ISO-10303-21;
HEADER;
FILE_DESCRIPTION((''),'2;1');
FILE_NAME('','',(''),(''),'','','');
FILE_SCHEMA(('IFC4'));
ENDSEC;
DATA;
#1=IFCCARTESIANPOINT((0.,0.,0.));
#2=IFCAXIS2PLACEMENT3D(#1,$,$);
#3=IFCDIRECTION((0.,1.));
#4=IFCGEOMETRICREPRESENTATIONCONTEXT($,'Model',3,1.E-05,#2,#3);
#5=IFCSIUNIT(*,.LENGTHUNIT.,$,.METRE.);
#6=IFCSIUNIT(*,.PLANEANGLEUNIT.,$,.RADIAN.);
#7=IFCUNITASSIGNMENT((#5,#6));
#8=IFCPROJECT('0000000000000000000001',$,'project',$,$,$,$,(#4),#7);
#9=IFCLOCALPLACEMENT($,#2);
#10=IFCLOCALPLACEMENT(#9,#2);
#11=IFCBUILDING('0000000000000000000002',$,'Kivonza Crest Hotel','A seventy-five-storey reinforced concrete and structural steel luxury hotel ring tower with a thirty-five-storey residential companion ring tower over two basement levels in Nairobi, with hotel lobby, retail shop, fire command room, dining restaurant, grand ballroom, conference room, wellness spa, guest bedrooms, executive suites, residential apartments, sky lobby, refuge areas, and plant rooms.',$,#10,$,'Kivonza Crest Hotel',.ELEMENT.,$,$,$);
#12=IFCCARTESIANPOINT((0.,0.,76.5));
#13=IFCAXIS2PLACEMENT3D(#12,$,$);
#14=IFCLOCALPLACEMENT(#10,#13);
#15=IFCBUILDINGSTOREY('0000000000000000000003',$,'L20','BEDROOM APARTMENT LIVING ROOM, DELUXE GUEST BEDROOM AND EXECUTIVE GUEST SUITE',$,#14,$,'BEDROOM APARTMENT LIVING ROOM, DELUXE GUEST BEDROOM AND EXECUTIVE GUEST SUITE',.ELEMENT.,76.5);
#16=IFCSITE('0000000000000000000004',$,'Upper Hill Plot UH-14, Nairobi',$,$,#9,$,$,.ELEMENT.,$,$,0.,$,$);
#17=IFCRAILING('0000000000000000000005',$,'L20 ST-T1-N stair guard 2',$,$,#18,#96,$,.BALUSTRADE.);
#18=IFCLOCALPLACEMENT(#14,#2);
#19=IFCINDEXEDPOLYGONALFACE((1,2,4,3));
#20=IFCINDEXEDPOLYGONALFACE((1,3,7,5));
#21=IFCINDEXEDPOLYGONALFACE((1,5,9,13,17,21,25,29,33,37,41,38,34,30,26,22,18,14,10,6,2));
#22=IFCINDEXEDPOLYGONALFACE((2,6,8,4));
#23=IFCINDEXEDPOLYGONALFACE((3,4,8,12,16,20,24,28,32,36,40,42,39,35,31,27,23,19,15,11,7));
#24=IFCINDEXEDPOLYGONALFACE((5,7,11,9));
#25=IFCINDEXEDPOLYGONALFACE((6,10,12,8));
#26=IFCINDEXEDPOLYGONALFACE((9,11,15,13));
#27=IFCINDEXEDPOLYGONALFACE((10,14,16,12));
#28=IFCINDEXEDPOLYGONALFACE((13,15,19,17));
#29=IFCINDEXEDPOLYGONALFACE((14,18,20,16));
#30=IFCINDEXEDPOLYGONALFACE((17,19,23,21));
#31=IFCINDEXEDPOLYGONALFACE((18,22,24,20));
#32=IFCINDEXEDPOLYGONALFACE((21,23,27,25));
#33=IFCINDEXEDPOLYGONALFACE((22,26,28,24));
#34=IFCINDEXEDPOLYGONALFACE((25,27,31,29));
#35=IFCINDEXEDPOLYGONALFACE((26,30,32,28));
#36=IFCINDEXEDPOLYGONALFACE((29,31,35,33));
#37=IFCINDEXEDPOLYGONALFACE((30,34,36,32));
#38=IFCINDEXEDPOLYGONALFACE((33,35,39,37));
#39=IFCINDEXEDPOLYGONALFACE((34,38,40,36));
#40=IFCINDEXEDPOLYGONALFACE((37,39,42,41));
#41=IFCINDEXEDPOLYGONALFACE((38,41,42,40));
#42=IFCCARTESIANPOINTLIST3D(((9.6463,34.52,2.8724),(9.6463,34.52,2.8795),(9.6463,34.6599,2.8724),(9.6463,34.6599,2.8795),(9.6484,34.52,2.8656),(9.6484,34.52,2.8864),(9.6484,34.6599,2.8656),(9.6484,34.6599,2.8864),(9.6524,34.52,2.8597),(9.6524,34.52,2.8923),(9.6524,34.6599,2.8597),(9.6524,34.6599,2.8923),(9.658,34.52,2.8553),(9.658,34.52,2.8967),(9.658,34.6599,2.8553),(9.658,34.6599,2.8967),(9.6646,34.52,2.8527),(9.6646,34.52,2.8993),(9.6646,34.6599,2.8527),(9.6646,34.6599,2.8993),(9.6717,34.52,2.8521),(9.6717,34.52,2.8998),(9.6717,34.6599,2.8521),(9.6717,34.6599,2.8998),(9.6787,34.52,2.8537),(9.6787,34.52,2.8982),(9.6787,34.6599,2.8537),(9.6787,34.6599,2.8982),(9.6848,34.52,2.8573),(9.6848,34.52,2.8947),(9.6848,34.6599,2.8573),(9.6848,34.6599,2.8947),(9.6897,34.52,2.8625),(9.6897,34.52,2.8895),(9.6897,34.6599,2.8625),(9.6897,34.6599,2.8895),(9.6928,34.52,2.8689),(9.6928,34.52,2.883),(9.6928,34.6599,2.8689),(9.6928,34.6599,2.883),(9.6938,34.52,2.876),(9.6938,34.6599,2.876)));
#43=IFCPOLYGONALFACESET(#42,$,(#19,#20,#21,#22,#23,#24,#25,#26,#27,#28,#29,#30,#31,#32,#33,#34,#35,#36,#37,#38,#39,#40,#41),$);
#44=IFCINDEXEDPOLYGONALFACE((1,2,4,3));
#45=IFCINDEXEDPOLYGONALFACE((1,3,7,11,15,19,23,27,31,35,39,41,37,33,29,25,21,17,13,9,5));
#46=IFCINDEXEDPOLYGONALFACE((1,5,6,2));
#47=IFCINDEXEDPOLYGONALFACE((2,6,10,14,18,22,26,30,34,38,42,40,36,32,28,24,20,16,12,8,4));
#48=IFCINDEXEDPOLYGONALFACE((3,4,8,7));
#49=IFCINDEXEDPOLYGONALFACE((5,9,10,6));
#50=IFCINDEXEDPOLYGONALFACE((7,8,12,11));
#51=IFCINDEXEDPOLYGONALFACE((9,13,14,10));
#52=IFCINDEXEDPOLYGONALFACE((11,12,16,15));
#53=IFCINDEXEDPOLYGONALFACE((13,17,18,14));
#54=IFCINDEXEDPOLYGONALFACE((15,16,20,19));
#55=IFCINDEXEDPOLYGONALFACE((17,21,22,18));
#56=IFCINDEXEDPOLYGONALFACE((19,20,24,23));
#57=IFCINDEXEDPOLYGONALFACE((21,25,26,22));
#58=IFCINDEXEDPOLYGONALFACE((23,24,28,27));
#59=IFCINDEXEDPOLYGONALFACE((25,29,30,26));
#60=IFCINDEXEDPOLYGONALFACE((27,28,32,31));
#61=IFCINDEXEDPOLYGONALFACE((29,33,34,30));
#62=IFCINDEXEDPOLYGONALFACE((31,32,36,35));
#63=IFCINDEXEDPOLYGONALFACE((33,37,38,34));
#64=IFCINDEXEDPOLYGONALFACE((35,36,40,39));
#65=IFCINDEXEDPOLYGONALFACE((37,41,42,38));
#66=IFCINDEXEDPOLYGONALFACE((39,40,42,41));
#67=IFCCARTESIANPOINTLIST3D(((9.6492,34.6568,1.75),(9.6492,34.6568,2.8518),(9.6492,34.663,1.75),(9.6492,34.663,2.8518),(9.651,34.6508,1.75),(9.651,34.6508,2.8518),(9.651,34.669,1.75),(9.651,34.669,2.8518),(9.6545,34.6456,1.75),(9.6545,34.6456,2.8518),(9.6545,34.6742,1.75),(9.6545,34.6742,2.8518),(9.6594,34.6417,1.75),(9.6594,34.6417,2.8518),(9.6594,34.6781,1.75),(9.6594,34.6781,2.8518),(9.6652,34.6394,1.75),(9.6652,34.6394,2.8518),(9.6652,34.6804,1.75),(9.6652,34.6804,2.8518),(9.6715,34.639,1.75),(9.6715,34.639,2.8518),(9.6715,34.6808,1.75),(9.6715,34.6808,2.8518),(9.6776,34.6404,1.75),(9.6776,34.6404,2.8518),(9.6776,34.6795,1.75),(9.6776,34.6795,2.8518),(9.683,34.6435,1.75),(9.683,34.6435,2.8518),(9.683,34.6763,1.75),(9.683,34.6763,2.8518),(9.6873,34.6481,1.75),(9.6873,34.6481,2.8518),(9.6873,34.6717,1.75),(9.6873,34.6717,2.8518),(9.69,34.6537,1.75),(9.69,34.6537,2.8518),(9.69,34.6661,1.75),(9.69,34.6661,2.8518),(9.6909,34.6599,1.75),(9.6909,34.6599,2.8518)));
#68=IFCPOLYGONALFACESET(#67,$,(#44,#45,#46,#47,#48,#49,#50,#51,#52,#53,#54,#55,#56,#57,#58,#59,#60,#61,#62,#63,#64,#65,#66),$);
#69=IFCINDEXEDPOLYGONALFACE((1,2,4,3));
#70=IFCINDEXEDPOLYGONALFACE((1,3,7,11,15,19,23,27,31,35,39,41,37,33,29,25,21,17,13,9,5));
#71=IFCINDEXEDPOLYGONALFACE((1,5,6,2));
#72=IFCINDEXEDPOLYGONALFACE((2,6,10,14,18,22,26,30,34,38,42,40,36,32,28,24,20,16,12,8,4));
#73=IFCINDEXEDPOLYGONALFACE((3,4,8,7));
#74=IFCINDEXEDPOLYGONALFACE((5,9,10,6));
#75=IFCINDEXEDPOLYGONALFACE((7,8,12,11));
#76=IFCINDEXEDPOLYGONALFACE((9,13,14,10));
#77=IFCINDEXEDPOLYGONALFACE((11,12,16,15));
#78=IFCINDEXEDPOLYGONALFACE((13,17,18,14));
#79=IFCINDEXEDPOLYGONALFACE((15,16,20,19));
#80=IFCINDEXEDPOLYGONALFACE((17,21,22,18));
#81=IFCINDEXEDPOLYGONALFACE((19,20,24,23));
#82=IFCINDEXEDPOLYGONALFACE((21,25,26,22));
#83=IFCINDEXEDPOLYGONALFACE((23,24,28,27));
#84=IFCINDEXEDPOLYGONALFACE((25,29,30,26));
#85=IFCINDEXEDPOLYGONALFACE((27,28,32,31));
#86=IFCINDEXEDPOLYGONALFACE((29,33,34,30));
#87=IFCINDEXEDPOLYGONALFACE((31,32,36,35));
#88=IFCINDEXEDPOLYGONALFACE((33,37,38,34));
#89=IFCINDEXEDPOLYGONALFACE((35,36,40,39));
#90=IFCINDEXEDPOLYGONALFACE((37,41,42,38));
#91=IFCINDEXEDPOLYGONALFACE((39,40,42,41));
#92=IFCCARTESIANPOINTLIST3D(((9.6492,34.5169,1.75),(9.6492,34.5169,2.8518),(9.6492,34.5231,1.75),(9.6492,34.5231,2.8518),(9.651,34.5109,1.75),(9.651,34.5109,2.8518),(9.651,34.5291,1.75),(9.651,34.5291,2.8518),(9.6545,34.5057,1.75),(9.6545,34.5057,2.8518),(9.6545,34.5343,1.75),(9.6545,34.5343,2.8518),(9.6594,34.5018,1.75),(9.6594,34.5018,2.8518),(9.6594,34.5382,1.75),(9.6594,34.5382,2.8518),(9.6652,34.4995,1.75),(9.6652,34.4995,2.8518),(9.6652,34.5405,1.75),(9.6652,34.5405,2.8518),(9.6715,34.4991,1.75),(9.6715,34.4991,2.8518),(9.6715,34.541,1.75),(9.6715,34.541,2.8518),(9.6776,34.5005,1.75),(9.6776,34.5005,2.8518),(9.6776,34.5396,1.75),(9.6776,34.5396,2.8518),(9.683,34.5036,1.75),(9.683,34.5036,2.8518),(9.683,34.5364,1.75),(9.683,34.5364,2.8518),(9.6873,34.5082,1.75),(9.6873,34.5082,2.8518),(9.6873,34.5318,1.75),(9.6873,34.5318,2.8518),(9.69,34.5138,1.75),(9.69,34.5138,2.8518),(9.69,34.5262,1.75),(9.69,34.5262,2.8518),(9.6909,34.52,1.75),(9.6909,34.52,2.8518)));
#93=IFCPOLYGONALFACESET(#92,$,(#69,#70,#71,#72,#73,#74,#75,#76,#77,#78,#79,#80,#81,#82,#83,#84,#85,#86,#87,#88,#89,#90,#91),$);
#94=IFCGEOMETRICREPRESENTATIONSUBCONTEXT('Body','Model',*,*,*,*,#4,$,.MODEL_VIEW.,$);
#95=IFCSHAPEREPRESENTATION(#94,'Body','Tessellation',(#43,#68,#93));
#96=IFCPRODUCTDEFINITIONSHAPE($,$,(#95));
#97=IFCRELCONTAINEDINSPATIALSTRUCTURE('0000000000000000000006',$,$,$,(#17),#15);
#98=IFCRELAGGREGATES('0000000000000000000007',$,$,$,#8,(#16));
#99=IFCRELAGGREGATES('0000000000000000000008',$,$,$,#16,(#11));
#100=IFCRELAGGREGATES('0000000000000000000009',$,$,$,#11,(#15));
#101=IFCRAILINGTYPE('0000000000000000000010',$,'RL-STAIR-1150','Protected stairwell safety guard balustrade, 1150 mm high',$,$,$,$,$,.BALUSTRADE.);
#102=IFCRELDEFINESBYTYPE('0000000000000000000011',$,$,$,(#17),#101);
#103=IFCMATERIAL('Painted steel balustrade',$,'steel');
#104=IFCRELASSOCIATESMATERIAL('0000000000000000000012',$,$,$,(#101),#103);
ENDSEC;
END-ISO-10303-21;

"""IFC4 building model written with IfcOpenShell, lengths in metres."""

from ifc_helpers import new_model, si_unit, direction, frame, origin, origin_2d, place, context, subcontext, project, spatial, circle, extrude, material, type_object, element, save


model = new_model("IFC4")

# Units and contexts
model_context = context("Model", 3, precision=1e-05, world=origin(), true_north=direction((0.0, 1.0)))
body_context = subcontext(model_context, "Body", "Model", "MODEL_VIEW")
ifc_project = project(units=[si_unit("LENGTHUNIT", "METRE"), si_unit("PLANEANGLEUNIT", "RADIAN")], contexts=[model_context])

# Site, building, storey
site_placement = place(None, origin())
site = spatial("IfcSite", under=ifc_project, at=site_placement, Name="Upper Hill Plot UH-14, Nairobi", CompositionType="ELEMENT", RefElevation=0.0)
building_placement = place(site_placement, origin())
building = spatial("IfcBuilding", under=site, at=building_placement, Name="Kivonza Crest Hotel", Description="A seventy-five-storey reinforced concrete and structural steel luxury hotel ring tower with a thirty-five-storey residential companion ring tower over two basement levels in Nairobi, with hotel lobby, retail shop, fire command room, dining restaurant, grand ballroom, conference room, wellness spa, guest bedrooms, executive suites, residential apartments, sky lobby, refuge areas, and plant rooms.", LongName="Kivonza Crest Hotel", CompositionType="ELEMENT")
storey_placement = place(building_placement, frame((0.0, 0.0, 76.5)))
storey = spatial("IfcBuildingStorey", under=building, at=storey_placement, Name="L20", Description="BEDROOM APARTMENT LIVING ROOM, DELUXE GUEST BEDROOM AND EXECUTIVE GUEST SUITE", LongName="BEDROOM APARTMENT LIVING ROOM, DELUXE GUEST BEDROOM AND EXECUTIVE GUEST SUITE", CompositionType="ELEMENT", Elevation=76.5)

# Railing
ifc_material_1 = material(Name="Painted steel balustrade", Category="steel")
railing_type_1 = type_object("IfcRailingType", Name="RL-STAIR-1150", Description="Protected stairwell safety guard balustrade, 1150 mm high", PredefinedType="BALUSTRADE", material=ifc_material_1)
railing_1_placement = place(storey_placement, frame((9.6699, 34.6599, 1.75)))
element("IfcRailing", 1, at=railing_1_placement, inside=storey, type_object=railing_type_1, Name="L20 ST-T1-N stair guard 2", PredefinedType="BALUSTRADE", context=body_context, shape_type="SweptSolid", body=[
    extrude(circle(Radius=0.0239, at=origin_2d()), frame((0.0, 0.0, 1.126), z_axis=(0.0, -1.0, 0.0), x_axis=(1.0, 0.0, 0.0)), (0.0, 0.0, 1.0), 0.1399),
    extrude(circle(Radius=0.021, at=origin_2d()), origin(), (0.0, 0.0, 1.0), 1.1018),
    extrude(circle(Radius=0.021, at=origin_2d()), frame((0.0, -0.1399, 0.0)), (0.0, 0.0, 1.0), 1.1018),
])

save(model, "model.ifc")
